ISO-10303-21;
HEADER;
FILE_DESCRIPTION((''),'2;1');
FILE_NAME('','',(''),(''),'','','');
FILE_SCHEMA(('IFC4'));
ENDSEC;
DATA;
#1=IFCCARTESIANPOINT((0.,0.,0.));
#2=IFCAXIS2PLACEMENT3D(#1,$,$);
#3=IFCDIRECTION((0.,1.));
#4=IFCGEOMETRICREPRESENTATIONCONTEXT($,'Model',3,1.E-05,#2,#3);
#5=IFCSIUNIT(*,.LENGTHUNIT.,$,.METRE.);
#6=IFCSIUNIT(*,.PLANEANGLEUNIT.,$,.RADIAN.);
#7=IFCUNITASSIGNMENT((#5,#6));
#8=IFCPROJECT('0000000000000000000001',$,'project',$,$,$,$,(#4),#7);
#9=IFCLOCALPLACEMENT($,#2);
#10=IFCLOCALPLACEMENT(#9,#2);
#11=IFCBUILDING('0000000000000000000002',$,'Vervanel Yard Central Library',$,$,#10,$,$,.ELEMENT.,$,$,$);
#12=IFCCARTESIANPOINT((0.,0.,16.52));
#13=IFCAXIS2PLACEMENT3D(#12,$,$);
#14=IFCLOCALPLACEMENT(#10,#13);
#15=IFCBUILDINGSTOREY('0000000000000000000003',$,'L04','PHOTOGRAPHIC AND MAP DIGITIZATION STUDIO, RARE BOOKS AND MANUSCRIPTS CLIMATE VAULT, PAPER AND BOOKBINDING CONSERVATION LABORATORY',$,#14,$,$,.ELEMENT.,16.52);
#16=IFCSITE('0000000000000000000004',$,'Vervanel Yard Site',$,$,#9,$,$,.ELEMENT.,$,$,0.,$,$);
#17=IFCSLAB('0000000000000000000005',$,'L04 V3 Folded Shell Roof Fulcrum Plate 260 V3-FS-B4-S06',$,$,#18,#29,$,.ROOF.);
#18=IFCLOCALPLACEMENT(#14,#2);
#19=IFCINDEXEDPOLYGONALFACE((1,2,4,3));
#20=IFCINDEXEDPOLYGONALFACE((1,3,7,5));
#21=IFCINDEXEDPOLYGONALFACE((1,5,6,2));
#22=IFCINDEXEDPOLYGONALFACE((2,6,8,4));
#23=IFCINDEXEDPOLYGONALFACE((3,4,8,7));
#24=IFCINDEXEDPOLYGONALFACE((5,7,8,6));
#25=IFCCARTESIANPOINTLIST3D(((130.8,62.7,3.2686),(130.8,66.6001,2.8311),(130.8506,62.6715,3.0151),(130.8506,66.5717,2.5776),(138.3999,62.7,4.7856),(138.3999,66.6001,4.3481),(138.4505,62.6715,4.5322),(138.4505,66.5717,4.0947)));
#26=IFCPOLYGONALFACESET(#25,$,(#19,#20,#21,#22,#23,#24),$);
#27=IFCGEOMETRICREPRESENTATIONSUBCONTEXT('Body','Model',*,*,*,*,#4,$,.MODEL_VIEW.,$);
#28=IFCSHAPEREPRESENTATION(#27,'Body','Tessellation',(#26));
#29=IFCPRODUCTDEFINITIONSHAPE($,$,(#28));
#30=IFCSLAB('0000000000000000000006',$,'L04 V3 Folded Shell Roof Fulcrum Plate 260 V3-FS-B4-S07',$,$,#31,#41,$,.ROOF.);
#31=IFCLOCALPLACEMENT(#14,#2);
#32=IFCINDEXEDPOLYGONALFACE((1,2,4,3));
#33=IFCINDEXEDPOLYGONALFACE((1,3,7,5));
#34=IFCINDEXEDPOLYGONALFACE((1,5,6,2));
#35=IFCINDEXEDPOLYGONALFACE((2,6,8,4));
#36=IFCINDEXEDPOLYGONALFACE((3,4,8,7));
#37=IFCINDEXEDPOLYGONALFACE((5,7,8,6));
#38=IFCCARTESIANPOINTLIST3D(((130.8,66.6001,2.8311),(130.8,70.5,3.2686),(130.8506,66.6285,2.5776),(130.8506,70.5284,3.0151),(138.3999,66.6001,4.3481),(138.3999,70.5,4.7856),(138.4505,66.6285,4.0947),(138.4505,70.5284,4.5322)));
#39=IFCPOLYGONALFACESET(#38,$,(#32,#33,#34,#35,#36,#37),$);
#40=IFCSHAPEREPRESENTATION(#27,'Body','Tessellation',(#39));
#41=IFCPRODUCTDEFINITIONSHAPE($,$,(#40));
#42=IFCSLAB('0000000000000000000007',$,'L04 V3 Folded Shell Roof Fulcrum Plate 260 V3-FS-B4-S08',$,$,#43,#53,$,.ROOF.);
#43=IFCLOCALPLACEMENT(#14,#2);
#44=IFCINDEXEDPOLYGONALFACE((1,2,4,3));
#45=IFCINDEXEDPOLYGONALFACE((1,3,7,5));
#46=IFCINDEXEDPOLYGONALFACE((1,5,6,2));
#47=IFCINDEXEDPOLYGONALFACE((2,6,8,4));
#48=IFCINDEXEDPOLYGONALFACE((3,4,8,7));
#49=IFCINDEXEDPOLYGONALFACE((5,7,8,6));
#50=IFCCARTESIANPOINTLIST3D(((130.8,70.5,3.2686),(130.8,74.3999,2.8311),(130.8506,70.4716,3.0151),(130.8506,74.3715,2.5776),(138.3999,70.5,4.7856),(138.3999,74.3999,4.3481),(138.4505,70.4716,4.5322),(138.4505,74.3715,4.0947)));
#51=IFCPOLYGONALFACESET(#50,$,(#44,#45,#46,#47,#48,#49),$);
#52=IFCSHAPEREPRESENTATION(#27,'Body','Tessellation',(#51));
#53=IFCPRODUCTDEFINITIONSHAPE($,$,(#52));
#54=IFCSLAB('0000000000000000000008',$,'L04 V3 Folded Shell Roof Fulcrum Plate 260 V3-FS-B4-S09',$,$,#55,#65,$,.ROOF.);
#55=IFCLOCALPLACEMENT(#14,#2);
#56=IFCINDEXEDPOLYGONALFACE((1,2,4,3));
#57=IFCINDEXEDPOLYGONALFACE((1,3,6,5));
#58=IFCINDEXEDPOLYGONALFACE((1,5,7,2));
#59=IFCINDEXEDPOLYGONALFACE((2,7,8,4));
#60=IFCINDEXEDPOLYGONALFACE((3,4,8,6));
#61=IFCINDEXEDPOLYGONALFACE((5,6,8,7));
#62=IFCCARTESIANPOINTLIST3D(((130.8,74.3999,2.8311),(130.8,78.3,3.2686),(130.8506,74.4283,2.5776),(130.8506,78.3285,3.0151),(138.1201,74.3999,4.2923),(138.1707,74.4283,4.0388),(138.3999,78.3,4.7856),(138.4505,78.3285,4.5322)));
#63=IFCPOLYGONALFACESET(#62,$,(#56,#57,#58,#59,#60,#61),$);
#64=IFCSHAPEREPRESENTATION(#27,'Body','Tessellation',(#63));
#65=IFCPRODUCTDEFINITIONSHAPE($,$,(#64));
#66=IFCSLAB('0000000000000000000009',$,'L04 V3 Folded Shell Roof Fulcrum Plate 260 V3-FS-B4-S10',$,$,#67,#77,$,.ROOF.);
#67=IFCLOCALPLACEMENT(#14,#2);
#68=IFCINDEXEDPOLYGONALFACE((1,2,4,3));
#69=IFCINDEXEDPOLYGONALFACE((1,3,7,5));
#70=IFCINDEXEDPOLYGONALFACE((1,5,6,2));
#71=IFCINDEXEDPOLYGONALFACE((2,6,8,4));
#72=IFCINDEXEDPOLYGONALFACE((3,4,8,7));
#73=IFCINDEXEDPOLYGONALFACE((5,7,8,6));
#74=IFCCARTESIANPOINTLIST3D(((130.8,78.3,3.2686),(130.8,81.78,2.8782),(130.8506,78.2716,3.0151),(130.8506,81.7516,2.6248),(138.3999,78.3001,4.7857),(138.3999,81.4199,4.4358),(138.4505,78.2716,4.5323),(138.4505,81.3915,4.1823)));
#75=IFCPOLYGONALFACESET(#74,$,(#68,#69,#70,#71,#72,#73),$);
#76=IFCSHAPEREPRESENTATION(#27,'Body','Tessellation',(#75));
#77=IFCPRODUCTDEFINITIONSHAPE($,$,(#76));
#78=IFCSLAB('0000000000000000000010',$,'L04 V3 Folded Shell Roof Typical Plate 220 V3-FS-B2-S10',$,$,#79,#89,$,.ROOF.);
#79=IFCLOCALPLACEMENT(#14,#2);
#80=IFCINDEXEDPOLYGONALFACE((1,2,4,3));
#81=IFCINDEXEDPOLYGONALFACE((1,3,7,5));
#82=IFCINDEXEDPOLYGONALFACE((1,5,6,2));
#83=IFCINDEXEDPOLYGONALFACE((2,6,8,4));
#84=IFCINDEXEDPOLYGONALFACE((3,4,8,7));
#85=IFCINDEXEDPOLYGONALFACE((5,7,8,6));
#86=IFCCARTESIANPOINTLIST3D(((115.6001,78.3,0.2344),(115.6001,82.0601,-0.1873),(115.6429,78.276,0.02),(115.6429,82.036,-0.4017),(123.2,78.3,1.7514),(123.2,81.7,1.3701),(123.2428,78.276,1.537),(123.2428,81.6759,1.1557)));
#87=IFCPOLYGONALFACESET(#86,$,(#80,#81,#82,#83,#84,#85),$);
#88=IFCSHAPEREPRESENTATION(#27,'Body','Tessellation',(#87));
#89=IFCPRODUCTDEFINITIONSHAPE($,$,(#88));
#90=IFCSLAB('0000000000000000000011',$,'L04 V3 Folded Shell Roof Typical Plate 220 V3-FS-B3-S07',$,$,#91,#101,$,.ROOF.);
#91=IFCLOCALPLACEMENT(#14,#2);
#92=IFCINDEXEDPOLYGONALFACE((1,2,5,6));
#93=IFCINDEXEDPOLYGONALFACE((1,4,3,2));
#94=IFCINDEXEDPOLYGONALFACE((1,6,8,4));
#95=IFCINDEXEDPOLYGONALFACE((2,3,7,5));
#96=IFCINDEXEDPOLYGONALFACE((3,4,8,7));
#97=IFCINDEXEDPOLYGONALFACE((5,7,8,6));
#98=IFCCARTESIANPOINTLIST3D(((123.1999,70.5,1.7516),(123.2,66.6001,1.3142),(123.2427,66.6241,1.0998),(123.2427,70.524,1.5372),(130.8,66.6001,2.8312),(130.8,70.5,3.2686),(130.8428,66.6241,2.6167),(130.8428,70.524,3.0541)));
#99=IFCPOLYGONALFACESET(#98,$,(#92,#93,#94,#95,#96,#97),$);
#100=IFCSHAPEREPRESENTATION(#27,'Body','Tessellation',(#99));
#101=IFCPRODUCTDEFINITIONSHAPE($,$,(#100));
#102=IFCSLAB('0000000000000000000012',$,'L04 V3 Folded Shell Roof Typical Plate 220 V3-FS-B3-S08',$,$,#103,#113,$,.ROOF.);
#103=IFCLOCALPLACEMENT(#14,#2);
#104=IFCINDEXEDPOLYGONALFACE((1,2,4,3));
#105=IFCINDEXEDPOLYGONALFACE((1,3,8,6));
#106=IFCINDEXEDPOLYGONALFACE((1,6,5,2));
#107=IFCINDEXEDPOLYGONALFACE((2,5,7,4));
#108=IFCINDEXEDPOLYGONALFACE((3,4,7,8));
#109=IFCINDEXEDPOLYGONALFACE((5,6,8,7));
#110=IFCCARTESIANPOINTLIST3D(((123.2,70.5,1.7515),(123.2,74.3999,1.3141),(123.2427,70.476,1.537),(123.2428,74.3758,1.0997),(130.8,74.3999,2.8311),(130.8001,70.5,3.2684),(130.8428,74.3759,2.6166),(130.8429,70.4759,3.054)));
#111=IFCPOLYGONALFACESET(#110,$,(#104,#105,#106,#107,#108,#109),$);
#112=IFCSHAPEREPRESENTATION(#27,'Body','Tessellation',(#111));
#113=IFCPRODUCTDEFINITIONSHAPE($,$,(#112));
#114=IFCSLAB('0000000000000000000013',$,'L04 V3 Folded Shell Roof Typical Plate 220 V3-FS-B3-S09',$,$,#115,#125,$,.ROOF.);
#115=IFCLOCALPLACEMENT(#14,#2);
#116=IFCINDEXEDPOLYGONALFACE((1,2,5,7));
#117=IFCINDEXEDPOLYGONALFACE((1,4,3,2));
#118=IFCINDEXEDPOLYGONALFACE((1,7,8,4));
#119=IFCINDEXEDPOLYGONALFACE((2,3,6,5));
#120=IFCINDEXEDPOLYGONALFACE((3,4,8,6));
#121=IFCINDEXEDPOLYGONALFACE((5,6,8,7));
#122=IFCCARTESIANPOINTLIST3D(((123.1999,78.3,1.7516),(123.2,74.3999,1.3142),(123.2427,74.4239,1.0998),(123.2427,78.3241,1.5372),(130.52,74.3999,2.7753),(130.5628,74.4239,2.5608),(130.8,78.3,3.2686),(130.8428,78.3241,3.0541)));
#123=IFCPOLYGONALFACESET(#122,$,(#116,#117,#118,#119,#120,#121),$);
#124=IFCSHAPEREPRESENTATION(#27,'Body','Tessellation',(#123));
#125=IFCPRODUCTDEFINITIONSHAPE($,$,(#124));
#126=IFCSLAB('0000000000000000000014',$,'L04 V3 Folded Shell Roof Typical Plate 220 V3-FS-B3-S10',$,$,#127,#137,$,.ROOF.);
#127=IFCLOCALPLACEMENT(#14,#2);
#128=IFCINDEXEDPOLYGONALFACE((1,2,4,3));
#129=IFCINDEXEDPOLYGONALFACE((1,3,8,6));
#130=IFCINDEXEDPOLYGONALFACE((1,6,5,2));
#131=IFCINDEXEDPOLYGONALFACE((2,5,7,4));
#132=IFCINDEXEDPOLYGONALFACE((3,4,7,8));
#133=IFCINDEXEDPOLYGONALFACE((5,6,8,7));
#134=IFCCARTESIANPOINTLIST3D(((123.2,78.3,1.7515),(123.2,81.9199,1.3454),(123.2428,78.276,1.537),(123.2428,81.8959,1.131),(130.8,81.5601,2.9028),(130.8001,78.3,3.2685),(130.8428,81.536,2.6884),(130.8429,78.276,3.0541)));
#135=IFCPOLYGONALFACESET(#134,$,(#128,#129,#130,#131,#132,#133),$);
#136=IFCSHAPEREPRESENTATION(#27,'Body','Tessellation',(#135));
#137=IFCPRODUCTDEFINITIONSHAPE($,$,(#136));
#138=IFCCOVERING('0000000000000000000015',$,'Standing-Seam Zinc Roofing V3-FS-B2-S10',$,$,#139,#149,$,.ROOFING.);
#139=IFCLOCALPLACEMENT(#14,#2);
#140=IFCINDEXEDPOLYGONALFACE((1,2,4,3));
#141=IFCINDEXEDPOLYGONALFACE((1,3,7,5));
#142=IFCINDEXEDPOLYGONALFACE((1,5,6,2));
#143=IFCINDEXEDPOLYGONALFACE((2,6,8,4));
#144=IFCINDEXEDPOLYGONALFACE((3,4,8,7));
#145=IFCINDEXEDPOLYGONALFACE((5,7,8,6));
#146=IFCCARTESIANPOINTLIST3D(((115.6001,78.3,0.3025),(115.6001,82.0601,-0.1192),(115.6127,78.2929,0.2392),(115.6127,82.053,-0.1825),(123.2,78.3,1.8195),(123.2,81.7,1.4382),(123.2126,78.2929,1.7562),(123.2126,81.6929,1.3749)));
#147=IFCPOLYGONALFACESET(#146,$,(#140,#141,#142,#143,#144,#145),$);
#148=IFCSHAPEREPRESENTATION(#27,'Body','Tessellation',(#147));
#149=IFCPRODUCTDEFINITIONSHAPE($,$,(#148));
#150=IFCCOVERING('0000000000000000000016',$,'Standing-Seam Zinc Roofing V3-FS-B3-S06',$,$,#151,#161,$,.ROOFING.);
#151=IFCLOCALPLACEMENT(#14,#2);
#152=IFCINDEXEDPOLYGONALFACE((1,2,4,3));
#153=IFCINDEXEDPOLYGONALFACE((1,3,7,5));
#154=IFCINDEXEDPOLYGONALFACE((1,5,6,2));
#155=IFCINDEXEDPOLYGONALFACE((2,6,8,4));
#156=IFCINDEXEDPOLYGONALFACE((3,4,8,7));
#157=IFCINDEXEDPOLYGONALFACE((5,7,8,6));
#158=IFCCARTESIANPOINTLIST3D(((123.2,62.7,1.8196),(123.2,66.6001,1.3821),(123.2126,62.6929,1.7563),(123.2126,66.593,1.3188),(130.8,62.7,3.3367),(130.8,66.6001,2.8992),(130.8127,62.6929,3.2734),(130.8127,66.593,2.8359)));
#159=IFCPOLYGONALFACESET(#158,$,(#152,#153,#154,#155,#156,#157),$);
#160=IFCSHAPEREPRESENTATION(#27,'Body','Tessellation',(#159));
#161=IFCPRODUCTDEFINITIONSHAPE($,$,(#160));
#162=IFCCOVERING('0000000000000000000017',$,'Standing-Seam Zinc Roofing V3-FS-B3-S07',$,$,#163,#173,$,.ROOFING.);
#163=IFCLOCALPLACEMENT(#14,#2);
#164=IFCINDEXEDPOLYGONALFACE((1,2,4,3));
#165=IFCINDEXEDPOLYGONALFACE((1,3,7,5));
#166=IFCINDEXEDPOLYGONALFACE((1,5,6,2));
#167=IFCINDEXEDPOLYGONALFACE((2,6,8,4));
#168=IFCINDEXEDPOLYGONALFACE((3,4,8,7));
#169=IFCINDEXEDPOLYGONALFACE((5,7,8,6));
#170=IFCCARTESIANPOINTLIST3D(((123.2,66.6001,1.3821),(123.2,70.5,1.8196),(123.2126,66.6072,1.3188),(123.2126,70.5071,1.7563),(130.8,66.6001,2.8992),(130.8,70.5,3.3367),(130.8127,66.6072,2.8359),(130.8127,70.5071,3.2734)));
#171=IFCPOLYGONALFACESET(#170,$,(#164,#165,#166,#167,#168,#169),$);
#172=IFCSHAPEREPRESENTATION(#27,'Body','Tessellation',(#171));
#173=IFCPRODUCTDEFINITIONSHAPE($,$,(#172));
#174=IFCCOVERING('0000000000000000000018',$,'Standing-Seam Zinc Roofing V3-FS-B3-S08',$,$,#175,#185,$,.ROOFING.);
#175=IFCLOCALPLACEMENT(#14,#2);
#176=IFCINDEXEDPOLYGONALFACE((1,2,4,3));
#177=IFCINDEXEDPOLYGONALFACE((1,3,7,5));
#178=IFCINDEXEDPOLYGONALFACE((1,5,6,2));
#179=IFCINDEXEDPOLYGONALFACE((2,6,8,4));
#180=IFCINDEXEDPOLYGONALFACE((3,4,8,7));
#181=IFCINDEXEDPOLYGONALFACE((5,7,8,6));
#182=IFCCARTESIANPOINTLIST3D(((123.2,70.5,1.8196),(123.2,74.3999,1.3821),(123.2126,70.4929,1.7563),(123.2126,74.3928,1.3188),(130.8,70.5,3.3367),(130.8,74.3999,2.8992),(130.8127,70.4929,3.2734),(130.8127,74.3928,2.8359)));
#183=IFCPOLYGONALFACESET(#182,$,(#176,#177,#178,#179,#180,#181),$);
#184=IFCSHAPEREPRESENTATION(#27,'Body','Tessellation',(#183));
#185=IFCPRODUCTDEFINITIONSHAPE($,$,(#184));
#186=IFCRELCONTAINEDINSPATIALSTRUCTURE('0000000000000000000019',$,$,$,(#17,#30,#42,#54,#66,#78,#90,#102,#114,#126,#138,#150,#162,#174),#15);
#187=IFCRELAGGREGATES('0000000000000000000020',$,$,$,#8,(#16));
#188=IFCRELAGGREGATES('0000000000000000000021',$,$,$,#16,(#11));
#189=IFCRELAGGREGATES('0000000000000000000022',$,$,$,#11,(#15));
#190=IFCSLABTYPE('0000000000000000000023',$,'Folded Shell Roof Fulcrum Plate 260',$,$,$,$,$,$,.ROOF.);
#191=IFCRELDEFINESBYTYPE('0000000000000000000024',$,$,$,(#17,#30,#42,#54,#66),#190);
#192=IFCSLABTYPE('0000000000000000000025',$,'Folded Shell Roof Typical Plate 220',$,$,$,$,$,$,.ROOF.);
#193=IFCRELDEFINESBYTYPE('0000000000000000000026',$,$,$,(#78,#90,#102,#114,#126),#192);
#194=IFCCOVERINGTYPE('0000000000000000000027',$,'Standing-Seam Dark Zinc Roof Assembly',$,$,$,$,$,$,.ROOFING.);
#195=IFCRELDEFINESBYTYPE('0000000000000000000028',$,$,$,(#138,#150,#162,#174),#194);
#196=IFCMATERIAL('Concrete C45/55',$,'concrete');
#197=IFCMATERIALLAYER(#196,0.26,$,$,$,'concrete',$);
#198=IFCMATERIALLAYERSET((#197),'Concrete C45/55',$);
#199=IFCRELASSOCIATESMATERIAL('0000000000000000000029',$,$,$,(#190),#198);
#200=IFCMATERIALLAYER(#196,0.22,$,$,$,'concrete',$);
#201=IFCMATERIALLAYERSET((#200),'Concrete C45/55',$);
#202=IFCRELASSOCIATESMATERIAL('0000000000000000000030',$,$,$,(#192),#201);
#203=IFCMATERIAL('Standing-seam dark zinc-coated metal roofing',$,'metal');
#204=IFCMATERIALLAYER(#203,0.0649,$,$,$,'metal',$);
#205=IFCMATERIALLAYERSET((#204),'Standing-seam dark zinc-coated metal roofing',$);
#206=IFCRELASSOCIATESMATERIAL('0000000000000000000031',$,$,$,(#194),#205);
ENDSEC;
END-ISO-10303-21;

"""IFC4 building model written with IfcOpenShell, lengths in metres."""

from ifc_helpers import new_model, si_unit, direction, frame, origin, place, context, subcontext, project, spatial, polyline, outline, extrude, material, layer, layer_set, type_object, element, save


model = new_model("IFC4")

# Units and contexts
model_context = context("Model", 3, precision=1e-05, world=origin(), true_north=direction((0.0, 1.0)))
body_context = subcontext(model_context, "Body", "Model", "MODEL_VIEW")
ifc_project = project(units=[si_unit("LENGTHUNIT", "METRE"), si_unit("PLANEANGLEUNIT", "RADIAN")], contexts=[model_context])

# Site, building, storey
site_placement = place(None, origin())
site = spatial("IfcSite", under=ifc_project, at=site_placement, Name="Vervanel Yard Site", CompositionType="ELEMENT", RefElevation=0.0)
building_placement = place(site_placement, origin())
building = spatial("IfcBuilding", under=site, at=building_placement, Name="Vervanel Yard Central Library", CompositionType="ELEMENT")
storey_placement = place(building_placement, frame((0.0, 0.0, 16.52)))
storey = spatial("IfcBuildingStorey", under=building, at=storey_placement, Name="L04", Description="PHOTOGRAPHIC AND MAP DIGITIZATION STUDIO, RARE BOOKS AND MANUSCRIPTS CLIMATE VAULT, PAPER AND BOOKBINDING CONSERVATION LABORATORY", CompositionType="ELEMENT", Elevation=16.52)

# Slabs
ifc_material_1 = material(Name="Concrete C45/55", Category="concrete")
ifc_layer_1 = layer(ifc_material_1, 0.26, Category="concrete")
ifc_layer_set_1 = layer_set([ifc_layer_1], Name="Concrete C45/55")
slab_type_1 = type_object("IfcSlabType", Name="Folded Shell Roof Fulcrum Plate 260", PredefinedType="ROOF", material=ifc_layer_set_1)
slab_1_placement = place(storey_placement, frame((130.8, 62.7, 3.2686), z_axis=(-0.194585, 0.109345, 0.974772), x_axis=(0.980652, 0.0, 0.195759)))
element("IfcSlab", 1, at=slab_1_placement, inside=storey, type_object=slab_type_1, Name="L04 V3 Folded Shell Roof Fulcrum Plate 260 V3-FS-B4-S06", PredefinedType="ROOF", context=body_context, shape_type="SweptSolid", body=[
    extrude(outline(polyline([(0.0, 0.0), (7.7498, 0.0), (7.6642, 3.9237), (-0.0856, 3.9237), (0.0, 0.0)])), origin(), (0.0, 0.0, -1.0), 0.26),
])
slab_2_placement = place(storey_placement, frame((130.8, 66.6001, 2.8311), z_axis=(-0.194585, -0.109352, 0.974771), x_axis=(0.980652, 0.0, 0.195759)))
element("IfcSlab", 2, at=slab_2_placement, inside=storey, type_object=slab_type_1, Name="L04 V3 Folded Shell Roof Fulcrum Plate 260 V3-FS-B4-S07", PredefinedType="ROOF", context=body_context, shape_type="SweptSolid", body=[
    extrude(outline(polyline([(0.0, 0.0), (7.7498, 0.0), (7.8354, 3.9234), (0.0856, 3.9234), (0.0, 0.0)])), origin(), (0.0, 0.0, -1.0), 0.26),
])
slab_3_placement = place(storey_placement, frame((130.8, 70.5, 3.2686), z_axis=(-0.194585, 0.109352, 0.974771), x_axis=(0.980652, 0.0, 0.195759)))
element("IfcSlab", 3, at=slab_3_placement, inside=storey, type_object=slab_type_1, Name="L04 V3 Folded Shell Roof Fulcrum Plate 260 V3-FS-B4-S08", PredefinedType="ROOF", context=body_context, shape_type="SweptSolid", body=[
    extrude(outline(polyline([(0.0, 0.0), (7.7498, 0.0), (7.6642, 3.9234), (-0.0856, 3.9234), (0.0, 0.0)])), origin(), (0.0, 0.0, -1.0), 0.26),
])
slab_4_placement = place(storey_placement, frame((130.8, 74.3999, 2.8311), z_axis=(-0.194581, -0.109353, 0.974772), x_axis=(0.980653, 0.0, 0.195755)))
element("IfcSlab", 4, at=slab_4_placement, inside=storey, type_object=slab_type_1, Name="L04 V3 Folded Shell Roof Fulcrum Plate 260 V3-FS-B4-S09", PredefinedType="ROOF", context=body_context, shape_type="SweptSolid", body=[
    extrude(outline(polyline([(0.0, 0.0), (7.4645, 0.0), (7.8354, 3.9237), (0.0856, 3.9237), (0.0, 0.0)])), origin(), (0.0, 0.0, -1.0), 0.26),
])
slab_5_placement = place(storey_placement, frame((130.8, 78.3, 3.2686), z_axis=(-0.194594, 0.10933, 0.974772), x_axis=(0.98065, 0.000001, 0.195767)))
element("IfcSlab", 5, at=slab_5_placement, inside=storey, type_object=slab_type_1, Name="L04 V3 Folded Shell Roof Fulcrum Plate 260 V3-FS-B4-S10", PredefinedType="ROOF", context=body_context, shape_type="SweptSolid", body=[
    extrude(outline(polyline([(0.0, 0.0), (7.7498, 0.0), (7.6813, 3.1387), (-0.0764, 3.501), (0.0, 0.0)])), origin(), (0.0, 0.0, -1.0), 0.26),
])
ifc_layer_2 = layer(ifc_material_1, 0.22, Category="concrete")
ifc_layer_set_2 = layer_set([ifc_layer_2], Name="Concrete C45/55")
slab_type_2 = type_object("IfcSlabType", Name="Folded Shell Roof Typical Plate 220", PredefinedType="ROOF", material=ifc_layer_set_2)
slab_6_placement = place(storey_placement, frame((115.6001, 78.3, 0.2344), z_axis=(-0.194579, 0.10932, 0.974776), x_axis=(0.980653, -0.000001, 0.195752)))
element("IfcSlab", 6, at=slab_6_placement, inside=storey, type_object=slab_type_2, Name="L04 V3 Folded Shell Roof Typical Plate 220 V3-FS-B2-S10", PredefinedType="ROOF", context=body_context, shape_type="SweptSolid", body=[
    extrude(outline(polyline([(0.0, 0.0), (7.7498, 0.0), (7.6751, 3.4204), (-0.0825, 3.7827), (0.0, 0.0)])), origin(), (0.0, 0.0, -1.0), 0.22),
])
slab_7_placement = place(storey_placement, frame((123.2, 66.6001, 1.3142), z_axis=(-0.194564, -0.109322, 0.974779), x_axis=(0.980656, -0.000002, 0.195737)))
element("IfcSlab", 7, at=slab_7_placement, inside=storey, type_object=slab_type_2, Name="L04 V3 Folded Shell Roof Typical Plate 220 V3-FS-B3-S07", PredefinedType="ROOF", context=body_context, shape_type="SweptSolid", body=[
    extrude(outline(polyline([(0.0, 0.0), (7.75, 0.0), (7.8356, 3.9234), (0.0856, 3.9234), (0.0, 0.0)])), origin(), (0.0, 0.0, -1.0), 0.22),
])
slab_8_placement = place(storey_placement, frame((123.2, 70.5, 1.7515), z_axis=(-0.194564, 0.109322, 0.974779), x_axis=(0.980656, -0.000002, 0.195738)))
element("IfcSlab", 8, at=slab_8_placement, inside=storey, type_object=slab_type_2, Name="L04 V3 Folded Shell Roof Typical Plate 220 V3-FS-B3-S08", PredefinedType="ROOF", context=body_context, shape_type="SweptSolid", body=[
    extrude(outline(polyline([(0.0, 0.0), (7.75, 0.0), (7.6644, 3.9234), (-0.0856, 3.9234), (0.0, 0.0)])), origin(), (0.0, 0.0, -1.0), 0.22),
])
slab_9_placement = place(storey_placement, frame((123.2, 74.3999, 1.3142), z_axis=(-0.194563, -0.109318, 0.974779), x_axis=(0.980657, -0.000002, 0.195736)))
element("IfcSlab", 9, at=slab_9_placement, inside=storey, type_object=slab_type_2, Name="L04 V3 Folded Shell Roof Typical Plate 220 V3-FS-B3-S09", PredefinedType="ROOF", context=body_context, shape_type="SweptSolid", body=[
    extrude(outline(polyline([(0.0, 0.0), (7.4644, 0.0), (7.8356, 3.9237), (0.0856, 3.9236), (0.0, 0.0)])), origin(), (0.0, 0.0, -1.0), 0.22),
])
slab_10_placement = place(storey_placement, frame((123.2, 78.3, 1.7515), z_axis=(-0.194574, 0.109342, 0.974775), x_axis=(0.980654, -0.000001, 0.195748)))
element("IfcSlab", 10, at=slab_10_placement, inside=storey, type_object=slab_type_2, Name="L04 V3 Folded Shell Roof Typical Plate 220 V3-FS-B3-S10", PredefinedType="ROOF", context=body_context, shape_type="SweptSolid", body=[
    extrude(outline(polyline([(0.0, 0.0), (7.75, 0.0), (7.6784, 3.2797), (-0.0795, 3.6417), (0.0, 0.0)])), origin(), (0.0, 0.0, -1.0), 0.22),
])

# Coverings
ifc_material_2 = material(Name="Standing-seam dark zinc-coated metal roofing", Category="metal")
ifc_layer_3 = layer(ifc_material_2, 0.0649, Category="metal")
ifc_layer_set_3 = layer_set([ifc_layer_3], Name="Standing-seam dark zinc-coated metal roofing")
covering_type = type_object("IfcCoveringType", Name="Standing-Seam Dark Zinc Roof Assembly", PredefinedType="ROOFING", material=ifc_layer_set_3)
covering_1_placement = place(storey_placement, frame((115.6001, 78.3, 0.3025), z_axis=(-0.194579, 0.10932, 0.974776), x_axis=(0.980653, -0.000001, 0.195752)))
element("IfcCovering", 11, at=covering_1_placement, inside=storey, type_object=covering_type, Name="Standing-Seam Zinc Roofing V3-FS-B2-S10", PredefinedType="ROOFING", context=body_context, shape_type="SweptSolid", body=[
    extrude(outline(polyline([(0.0, 0.0), (7.7498, 0.0), (7.6751, 3.4204), (-0.0825, 3.7827), (0.0, 0.0)])), origin(), (0.0, 0.0, -1.0), 0.0649),
])
covering_2_placement = place(storey_placement, frame((123.2, 62.7, 1.8196), z_axis=(-0.194579, 0.109345, 0.974773), x_axis=(0.980653, 0.0, 0.195753)))
element("IfcCovering", 12, at=covering_2_placement, inside=storey, type_object=covering_type, Name="Standing-Seam Zinc Roofing V3-FS-B3-S06", PredefinedType="ROOFING", context=body_context, shape_type="SweptSolid", body=[
    extrude(outline(polyline([(0.0, 0.0), (7.75, 0.0), (7.6644, 3.9237), (-0.0856, 3.9237), (0.0, 0.0)])), origin(), (0.0, 0.0, -1.0), 0.0649),
])
covering_3_placement = place(storey_placement, frame((123.2, 66.6001, 1.3821), z_axis=(-0.194579, -0.109352, 0.974772), x_axis=(0.980653, 0.0, 0.195753)))
element("IfcCovering", 13, at=covering_3_placement, inside=storey, type_object=covering_type, Name="Standing-Seam Zinc Roofing V3-FS-B3-S07", PredefinedType="ROOFING", context=body_context, shape_type="SweptSolid", body=[
    extrude(outline(polyline([(0.0, 0.0), (7.75, 0.0), (7.8357, 3.9234), (0.0856, 3.9234), (0.0, 0.0)])), origin(), (0.0, 0.0, -1.0), 0.0649),
])
covering_4_placement = place(storey_placement, frame((123.2, 70.5, 1.8196), z_axis=(-0.194579, 0.109352, 0.974772), x_axis=(0.980653, 0.0, 0.195753)))
element("IfcCovering", 14, at=covering_4_placement, inside=storey, type_object=covering_type, Name="Standing-Seam Zinc Roofing V3-FS-B3-S08", PredefinedType="ROOFING", context=body_context, shape_type="SweptSolid", body=[
    extrude(outline(polyline([(0.0, 0.0), (7.75, 0.0), (7.6644, 3.9234), (-0.0856, 3.9234), (0.0, 0.0)])), origin(), (0.0, 0.0, -1.0), 0.0649),
])

save(model, "model.ifc")
